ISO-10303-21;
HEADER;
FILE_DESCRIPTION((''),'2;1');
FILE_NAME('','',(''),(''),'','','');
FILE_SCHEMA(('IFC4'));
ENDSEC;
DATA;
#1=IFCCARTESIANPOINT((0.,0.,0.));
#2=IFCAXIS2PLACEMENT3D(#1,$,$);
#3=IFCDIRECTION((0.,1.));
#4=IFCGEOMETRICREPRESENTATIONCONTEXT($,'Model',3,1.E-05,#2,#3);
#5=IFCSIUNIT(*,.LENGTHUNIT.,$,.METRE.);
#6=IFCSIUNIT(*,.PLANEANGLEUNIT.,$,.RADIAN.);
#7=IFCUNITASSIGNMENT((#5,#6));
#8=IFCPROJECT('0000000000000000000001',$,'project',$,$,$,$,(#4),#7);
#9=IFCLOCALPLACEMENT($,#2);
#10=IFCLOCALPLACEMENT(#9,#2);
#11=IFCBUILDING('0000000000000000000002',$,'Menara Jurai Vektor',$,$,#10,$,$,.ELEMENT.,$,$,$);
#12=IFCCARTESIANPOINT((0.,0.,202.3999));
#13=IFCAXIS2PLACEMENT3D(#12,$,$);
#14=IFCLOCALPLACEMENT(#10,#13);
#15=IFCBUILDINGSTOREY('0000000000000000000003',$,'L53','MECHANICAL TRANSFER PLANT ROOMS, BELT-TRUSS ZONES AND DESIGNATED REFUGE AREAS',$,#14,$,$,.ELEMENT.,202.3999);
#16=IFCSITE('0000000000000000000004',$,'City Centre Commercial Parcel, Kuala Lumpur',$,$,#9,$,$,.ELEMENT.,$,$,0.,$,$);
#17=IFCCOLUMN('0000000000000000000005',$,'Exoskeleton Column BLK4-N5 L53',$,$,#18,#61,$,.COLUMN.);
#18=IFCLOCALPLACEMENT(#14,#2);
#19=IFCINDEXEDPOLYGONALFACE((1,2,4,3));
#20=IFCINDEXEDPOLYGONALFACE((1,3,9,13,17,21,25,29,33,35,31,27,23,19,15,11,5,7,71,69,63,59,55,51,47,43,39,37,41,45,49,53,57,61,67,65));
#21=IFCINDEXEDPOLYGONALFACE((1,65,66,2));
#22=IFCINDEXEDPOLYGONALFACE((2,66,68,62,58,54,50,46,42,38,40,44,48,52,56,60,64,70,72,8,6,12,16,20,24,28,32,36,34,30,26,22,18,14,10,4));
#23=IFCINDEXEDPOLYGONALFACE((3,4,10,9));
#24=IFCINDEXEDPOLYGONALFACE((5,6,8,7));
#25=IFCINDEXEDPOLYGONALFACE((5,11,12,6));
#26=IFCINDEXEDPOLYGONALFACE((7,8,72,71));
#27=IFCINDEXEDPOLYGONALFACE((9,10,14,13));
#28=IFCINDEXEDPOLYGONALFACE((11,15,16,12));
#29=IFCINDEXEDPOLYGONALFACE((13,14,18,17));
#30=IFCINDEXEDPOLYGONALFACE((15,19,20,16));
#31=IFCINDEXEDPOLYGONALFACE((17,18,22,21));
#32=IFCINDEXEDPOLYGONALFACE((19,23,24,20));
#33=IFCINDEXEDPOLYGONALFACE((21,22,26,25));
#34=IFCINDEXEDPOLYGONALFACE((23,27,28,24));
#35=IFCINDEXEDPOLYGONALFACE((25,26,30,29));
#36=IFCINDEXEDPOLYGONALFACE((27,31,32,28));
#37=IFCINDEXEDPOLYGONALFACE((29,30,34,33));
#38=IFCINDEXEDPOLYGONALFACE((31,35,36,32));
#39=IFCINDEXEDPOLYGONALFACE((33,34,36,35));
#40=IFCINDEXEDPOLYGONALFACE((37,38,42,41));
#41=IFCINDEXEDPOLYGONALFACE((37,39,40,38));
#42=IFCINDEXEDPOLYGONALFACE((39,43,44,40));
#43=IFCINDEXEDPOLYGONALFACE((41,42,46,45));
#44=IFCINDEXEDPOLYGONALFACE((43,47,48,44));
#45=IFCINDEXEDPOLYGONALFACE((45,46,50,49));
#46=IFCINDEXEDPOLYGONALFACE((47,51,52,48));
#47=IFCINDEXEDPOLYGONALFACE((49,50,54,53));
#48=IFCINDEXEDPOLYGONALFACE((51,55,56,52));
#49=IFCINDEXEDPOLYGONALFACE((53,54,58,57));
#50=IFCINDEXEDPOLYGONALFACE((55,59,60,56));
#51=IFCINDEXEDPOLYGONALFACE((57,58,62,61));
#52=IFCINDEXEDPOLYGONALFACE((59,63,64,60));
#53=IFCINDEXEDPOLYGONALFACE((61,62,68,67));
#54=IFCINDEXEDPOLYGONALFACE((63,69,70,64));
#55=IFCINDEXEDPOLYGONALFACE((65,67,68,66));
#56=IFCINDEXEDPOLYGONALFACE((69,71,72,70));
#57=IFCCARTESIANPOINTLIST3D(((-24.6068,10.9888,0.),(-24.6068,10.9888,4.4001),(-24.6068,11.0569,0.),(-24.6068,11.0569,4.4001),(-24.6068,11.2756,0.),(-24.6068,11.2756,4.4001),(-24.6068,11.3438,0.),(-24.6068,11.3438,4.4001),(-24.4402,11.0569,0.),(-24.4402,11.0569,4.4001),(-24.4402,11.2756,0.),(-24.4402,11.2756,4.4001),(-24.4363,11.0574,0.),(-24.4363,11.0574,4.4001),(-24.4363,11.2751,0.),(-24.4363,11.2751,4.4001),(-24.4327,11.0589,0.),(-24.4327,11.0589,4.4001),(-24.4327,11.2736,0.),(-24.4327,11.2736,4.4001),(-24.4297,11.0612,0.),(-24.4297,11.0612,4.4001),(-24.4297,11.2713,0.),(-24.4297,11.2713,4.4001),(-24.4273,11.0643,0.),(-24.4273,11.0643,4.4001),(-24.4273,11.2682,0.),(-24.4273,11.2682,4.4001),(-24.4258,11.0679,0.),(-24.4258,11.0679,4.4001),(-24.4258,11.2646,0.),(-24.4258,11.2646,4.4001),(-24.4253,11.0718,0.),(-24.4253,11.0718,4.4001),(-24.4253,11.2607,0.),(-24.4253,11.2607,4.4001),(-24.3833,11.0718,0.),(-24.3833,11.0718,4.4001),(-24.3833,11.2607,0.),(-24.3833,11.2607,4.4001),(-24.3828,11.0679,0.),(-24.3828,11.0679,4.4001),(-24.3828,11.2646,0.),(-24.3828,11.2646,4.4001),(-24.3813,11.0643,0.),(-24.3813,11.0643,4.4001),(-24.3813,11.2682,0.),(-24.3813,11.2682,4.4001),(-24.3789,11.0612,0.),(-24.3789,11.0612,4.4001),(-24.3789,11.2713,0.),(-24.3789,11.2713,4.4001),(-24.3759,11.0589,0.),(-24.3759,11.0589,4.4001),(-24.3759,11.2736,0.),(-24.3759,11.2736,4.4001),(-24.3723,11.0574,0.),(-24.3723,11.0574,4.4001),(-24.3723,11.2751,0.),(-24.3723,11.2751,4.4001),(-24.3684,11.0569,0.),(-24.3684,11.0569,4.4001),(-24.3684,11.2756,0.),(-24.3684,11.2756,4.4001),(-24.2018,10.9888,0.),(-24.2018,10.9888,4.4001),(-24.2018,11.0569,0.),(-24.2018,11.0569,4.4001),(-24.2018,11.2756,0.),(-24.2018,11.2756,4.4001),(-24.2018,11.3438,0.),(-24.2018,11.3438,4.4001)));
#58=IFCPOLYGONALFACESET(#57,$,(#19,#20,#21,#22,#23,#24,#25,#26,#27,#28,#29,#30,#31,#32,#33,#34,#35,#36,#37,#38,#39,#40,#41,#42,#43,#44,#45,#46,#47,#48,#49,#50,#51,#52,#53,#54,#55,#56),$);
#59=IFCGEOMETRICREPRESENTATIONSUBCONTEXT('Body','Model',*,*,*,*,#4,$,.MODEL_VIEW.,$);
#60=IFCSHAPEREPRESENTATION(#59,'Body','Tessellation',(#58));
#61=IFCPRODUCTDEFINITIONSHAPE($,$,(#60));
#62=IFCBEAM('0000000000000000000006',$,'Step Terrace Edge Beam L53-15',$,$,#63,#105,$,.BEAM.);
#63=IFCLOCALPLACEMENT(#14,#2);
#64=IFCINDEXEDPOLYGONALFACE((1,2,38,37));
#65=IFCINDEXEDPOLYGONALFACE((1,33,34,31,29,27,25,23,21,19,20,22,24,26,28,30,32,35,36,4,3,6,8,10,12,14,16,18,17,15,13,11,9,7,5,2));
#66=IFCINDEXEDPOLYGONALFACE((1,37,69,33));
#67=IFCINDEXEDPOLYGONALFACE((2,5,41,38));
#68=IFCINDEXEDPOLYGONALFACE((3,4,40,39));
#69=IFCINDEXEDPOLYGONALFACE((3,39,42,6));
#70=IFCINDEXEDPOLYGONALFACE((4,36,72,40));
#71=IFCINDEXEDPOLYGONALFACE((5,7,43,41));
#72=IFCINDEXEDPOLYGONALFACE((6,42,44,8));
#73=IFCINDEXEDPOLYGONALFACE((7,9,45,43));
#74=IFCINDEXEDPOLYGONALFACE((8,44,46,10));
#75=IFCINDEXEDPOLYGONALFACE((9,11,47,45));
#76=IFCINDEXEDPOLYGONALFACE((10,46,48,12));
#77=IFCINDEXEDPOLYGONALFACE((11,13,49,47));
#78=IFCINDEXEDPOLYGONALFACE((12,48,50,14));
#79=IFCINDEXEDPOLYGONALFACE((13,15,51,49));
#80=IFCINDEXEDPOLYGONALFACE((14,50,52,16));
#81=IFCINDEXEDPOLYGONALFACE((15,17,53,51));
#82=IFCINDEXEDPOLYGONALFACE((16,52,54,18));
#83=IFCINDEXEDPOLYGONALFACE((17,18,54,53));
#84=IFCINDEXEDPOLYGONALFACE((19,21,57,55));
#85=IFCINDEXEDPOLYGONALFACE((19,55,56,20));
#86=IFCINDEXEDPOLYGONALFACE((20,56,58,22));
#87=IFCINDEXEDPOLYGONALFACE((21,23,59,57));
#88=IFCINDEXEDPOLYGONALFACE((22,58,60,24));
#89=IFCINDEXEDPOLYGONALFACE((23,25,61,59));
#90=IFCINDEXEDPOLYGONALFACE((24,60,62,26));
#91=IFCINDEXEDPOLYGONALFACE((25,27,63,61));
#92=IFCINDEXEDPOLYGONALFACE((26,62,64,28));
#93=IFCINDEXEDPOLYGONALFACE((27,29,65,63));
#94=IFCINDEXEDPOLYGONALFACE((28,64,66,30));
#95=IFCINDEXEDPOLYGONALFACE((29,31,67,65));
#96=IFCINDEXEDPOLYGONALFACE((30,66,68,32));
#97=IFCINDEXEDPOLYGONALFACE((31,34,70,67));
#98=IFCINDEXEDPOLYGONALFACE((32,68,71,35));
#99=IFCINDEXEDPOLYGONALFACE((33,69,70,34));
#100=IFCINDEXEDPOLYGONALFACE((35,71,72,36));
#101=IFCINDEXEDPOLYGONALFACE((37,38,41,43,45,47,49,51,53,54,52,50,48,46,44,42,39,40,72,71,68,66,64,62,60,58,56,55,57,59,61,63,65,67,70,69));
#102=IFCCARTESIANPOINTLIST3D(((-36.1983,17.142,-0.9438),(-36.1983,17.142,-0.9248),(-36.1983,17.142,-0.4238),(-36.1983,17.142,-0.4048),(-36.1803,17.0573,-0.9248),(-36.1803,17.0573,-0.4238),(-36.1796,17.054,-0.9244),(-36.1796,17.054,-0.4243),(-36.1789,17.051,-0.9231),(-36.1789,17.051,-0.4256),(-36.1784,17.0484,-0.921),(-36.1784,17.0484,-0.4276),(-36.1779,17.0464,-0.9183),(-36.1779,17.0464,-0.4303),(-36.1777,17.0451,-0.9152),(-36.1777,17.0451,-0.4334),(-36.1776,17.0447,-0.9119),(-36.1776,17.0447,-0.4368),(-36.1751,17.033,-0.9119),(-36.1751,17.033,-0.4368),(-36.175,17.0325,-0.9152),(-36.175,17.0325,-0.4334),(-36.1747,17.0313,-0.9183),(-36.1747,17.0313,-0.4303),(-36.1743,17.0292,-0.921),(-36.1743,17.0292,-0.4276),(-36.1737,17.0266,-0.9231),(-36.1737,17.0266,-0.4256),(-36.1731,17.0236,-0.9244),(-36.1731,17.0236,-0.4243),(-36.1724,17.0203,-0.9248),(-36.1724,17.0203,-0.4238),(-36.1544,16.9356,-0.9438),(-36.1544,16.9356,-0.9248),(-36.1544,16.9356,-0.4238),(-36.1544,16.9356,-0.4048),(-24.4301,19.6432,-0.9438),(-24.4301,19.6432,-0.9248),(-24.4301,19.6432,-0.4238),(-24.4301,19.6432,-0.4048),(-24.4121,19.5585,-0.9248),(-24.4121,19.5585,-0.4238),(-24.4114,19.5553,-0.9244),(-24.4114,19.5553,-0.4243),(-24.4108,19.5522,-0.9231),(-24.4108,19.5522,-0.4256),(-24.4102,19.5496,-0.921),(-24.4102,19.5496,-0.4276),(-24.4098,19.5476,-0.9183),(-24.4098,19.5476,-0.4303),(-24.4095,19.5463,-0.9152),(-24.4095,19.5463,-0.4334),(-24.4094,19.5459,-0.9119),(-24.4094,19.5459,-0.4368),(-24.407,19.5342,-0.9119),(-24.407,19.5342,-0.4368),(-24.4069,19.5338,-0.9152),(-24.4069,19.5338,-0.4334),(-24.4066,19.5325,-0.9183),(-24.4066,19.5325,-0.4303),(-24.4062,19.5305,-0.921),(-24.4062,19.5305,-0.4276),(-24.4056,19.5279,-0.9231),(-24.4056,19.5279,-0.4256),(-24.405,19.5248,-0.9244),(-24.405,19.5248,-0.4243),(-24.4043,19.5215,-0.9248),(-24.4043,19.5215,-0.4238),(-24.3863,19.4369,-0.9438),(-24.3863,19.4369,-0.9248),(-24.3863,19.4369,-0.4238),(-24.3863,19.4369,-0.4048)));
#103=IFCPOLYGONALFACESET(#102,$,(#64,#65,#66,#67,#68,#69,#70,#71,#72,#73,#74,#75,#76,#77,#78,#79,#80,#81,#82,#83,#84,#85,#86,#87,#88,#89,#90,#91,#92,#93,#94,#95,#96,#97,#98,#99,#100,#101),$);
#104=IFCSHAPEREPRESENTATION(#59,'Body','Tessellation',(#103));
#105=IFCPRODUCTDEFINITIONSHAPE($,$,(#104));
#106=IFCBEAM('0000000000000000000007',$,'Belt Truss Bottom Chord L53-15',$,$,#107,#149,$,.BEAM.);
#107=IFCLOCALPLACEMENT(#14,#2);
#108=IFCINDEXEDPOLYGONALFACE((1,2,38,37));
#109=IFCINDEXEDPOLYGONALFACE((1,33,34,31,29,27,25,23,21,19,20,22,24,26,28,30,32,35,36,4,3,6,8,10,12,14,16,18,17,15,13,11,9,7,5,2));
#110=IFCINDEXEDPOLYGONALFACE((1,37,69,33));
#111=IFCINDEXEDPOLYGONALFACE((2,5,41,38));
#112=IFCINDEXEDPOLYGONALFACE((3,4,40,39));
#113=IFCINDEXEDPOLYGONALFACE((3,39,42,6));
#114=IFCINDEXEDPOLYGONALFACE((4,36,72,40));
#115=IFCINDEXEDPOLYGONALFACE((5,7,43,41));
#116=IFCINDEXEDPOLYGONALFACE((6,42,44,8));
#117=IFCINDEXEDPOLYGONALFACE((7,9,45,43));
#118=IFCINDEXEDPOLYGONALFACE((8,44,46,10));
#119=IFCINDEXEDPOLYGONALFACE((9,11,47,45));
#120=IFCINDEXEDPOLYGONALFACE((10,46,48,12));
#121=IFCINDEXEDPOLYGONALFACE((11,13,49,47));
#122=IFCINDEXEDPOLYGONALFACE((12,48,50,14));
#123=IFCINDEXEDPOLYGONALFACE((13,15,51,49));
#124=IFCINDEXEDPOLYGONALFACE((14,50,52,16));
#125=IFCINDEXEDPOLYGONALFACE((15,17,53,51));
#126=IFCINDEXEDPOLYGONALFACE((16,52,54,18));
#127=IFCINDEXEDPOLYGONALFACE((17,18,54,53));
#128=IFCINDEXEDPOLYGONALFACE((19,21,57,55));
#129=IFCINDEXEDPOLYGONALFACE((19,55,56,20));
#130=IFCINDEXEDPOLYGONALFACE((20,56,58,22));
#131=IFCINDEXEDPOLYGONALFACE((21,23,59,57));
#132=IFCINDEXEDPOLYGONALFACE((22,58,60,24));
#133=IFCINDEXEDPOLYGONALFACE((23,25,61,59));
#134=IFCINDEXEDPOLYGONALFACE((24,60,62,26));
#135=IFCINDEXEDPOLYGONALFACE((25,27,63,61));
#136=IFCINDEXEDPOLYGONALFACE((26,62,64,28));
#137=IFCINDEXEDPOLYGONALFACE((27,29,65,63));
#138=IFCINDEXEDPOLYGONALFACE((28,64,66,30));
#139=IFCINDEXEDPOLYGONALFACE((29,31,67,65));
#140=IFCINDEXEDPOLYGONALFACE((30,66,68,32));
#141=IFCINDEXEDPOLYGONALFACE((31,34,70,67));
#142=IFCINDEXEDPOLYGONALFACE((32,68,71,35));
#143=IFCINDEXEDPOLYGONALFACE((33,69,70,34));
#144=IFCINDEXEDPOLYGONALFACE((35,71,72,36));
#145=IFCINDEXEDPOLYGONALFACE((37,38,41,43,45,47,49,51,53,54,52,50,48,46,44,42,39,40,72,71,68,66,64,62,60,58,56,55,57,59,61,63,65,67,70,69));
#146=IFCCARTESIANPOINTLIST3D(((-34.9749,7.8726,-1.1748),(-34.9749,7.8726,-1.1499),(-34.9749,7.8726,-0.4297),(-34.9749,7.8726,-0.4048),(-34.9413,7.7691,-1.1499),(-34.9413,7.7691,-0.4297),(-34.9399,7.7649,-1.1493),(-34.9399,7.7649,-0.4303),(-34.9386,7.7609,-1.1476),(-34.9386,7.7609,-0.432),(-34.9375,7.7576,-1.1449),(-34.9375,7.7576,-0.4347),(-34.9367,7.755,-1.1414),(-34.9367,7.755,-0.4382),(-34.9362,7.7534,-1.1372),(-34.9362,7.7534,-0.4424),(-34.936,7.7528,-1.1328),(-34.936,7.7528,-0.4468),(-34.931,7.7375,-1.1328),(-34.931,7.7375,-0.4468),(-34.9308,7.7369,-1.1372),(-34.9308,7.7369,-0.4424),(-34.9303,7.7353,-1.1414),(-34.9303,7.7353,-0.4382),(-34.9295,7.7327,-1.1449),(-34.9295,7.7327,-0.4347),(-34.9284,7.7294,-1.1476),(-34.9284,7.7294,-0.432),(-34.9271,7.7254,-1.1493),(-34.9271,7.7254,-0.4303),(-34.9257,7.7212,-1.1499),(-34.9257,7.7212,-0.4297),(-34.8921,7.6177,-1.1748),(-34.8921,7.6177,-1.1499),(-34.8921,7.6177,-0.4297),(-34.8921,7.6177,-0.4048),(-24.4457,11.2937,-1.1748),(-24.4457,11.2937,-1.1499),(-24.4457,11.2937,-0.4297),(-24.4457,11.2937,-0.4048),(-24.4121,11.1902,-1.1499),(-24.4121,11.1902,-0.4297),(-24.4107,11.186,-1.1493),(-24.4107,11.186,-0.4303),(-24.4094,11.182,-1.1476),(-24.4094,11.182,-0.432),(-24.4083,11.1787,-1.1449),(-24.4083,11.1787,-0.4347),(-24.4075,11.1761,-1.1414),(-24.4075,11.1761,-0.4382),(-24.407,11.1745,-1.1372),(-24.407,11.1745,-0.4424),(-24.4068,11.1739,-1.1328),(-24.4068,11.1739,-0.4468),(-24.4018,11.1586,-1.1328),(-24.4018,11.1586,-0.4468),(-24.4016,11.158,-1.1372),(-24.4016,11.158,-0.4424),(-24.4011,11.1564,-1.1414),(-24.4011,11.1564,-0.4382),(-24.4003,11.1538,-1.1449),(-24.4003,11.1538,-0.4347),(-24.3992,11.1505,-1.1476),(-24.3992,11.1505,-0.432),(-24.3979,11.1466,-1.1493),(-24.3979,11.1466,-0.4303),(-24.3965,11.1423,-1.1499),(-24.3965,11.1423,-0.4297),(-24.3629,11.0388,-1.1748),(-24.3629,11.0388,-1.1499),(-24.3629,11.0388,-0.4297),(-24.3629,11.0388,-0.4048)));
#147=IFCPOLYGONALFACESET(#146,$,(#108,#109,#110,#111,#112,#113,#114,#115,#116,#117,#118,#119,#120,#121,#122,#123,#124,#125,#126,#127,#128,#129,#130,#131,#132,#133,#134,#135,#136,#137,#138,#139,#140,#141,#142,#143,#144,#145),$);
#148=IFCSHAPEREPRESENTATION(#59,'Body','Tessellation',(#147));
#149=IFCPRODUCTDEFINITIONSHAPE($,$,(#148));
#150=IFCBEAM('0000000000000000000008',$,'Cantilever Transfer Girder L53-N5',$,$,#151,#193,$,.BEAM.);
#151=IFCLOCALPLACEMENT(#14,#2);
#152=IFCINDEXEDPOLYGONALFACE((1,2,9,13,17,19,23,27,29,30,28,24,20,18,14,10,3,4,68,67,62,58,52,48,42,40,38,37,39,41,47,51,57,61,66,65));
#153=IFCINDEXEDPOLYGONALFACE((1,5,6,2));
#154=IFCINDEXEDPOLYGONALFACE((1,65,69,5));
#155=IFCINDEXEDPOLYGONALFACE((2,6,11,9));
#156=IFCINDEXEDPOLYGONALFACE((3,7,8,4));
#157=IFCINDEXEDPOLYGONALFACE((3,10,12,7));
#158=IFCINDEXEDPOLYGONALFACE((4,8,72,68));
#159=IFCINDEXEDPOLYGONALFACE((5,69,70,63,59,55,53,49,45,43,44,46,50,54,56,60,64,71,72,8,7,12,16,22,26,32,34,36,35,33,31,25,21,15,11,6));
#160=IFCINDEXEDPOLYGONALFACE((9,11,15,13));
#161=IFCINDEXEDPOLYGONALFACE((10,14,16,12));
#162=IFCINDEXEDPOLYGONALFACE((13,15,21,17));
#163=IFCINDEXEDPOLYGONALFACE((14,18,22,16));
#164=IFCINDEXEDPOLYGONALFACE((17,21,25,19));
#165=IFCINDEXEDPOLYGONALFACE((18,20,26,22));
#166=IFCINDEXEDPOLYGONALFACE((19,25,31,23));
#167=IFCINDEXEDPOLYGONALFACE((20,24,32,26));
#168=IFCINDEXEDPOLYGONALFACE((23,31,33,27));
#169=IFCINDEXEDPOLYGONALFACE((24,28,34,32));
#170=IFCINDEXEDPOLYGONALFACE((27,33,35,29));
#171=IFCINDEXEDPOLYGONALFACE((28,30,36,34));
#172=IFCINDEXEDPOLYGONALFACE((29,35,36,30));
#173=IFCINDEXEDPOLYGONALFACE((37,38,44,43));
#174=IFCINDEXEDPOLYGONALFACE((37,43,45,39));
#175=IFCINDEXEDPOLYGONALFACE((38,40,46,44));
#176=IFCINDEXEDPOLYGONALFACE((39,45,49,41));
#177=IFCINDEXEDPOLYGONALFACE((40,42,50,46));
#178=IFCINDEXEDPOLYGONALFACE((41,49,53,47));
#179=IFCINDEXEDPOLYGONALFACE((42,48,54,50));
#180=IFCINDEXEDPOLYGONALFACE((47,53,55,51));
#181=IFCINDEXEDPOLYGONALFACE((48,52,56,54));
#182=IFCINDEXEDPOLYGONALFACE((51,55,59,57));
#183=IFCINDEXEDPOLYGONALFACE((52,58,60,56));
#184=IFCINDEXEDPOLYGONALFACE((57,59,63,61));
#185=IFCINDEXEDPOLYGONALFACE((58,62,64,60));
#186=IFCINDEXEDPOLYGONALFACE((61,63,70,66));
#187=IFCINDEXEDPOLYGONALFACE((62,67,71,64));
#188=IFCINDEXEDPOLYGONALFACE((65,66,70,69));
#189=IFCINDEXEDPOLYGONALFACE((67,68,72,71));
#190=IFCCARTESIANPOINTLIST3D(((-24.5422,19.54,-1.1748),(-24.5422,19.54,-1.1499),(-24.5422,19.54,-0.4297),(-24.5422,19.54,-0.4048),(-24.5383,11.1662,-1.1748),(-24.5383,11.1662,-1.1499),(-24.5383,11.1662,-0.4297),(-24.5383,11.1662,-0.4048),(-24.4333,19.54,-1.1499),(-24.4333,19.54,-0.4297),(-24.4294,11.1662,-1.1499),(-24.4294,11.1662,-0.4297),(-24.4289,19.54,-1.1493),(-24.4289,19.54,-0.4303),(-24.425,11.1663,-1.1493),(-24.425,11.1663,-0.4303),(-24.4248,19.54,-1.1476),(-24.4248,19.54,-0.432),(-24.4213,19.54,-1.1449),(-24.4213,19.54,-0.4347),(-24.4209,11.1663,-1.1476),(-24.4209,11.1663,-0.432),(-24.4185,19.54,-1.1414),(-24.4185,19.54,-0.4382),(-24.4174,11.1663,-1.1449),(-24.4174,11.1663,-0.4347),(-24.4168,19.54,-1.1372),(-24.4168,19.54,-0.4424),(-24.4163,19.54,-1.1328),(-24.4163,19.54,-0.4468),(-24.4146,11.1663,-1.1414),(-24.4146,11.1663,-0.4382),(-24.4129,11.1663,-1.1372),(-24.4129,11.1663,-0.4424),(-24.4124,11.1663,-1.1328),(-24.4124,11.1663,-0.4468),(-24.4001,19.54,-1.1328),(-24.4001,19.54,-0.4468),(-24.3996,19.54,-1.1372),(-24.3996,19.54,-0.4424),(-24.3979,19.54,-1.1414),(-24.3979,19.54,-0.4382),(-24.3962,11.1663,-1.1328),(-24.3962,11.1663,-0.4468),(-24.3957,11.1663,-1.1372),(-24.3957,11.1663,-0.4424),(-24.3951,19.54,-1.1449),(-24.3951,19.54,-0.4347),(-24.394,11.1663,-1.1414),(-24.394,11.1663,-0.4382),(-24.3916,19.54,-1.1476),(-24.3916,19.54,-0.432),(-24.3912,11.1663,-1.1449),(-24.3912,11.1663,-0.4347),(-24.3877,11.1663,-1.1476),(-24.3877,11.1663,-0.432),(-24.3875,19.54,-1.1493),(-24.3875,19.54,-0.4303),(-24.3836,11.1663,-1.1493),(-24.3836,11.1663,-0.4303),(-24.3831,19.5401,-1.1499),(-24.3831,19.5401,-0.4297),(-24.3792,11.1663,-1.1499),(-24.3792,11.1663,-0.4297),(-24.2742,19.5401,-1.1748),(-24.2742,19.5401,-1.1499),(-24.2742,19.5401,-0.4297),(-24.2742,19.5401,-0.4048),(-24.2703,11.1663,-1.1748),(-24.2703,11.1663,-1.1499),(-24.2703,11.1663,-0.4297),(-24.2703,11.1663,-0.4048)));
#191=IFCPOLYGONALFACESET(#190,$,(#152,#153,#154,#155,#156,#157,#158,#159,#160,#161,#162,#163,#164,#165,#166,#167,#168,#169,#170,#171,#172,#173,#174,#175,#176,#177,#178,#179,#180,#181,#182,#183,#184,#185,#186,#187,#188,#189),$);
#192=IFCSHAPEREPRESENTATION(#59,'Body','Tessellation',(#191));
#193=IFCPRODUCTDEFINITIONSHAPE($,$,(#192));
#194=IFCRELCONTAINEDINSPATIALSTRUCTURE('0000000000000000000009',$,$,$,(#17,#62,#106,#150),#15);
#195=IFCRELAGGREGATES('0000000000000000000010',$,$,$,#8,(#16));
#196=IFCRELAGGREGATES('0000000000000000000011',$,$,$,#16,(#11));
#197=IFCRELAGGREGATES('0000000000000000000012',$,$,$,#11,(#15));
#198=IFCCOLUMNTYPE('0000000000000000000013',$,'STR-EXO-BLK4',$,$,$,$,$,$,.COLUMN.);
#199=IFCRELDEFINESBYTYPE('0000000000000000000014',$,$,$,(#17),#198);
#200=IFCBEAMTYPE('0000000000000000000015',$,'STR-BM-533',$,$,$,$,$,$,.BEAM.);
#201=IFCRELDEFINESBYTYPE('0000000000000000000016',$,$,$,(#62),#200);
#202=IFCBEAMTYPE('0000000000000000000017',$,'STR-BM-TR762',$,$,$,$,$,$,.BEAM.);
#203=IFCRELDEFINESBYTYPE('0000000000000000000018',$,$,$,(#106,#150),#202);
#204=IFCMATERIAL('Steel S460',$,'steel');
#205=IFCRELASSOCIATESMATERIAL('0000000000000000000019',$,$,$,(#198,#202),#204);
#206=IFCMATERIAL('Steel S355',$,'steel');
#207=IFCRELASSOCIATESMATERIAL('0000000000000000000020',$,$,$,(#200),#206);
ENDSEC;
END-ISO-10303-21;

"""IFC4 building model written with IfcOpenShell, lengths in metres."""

from ifc_helpers import new_model, si_unit, direction, frame, origin, origin_2d, place, context, subcontext, project, spatial, i_section, extrude, material, material_profile, profile_set, type_object, element, save


model = new_model("IFC4")

# Units and contexts
model_context = context("Model", 3, precision=1e-05, world=origin(), true_north=direction((0.0, 1.0)))
body_context = subcontext(model_context, "Body", "Model", "MODEL_VIEW")
ifc_project = project(units=[si_unit("LENGTHUNIT", "METRE"), si_unit("PLANEANGLEUNIT", "RADIAN")], contexts=[model_context])

# Site, building, storey
site_placement = place(None, origin())
site = spatial("IfcSite", under=ifc_project, at=site_placement, Name="City Centre Commercial Parcel, Kuala Lumpur", CompositionType="ELEMENT", RefElevation=0.0)
building_placement = place(site_placement, origin())
building = spatial("IfcBuilding", under=site, at=building_placement, Name="Menara Jurai Vektor", CompositionType="ELEMENT")
storey_placement = place(building_placement, frame((0.0, 0.0, 202.3999)))
storey = spatial("IfcBuildingStorey", under=building, at=storey_placement, Name="L53", Description="MECHANICAL TRANSFER PLANT ROOMS, BELT-TRUSS ZONES AND DESIGNATED REFUGE AREAS", CompositionType="ELEMENT", Elevation=202.3999)

# Column
ifc_material_1 = material(Name="Steel S460", Category="steel")
ifc_material_profile_1 = material_profile(ifc_material_1, i_section(OverallWidth=0.405, OverallDepth=0.355, WebThickness=0.042, FlangeThickness=0.0681, FilletRadius=0.0149, at=origin_2d()), Name="HD 400x551")
ifc_profile_set_1 = profile_set([ifc_material_profile_1], Name="Steel S460")
column_type = type_object("IfcColumnType", Name="STR-EXO-BLK4", PredefinedType="COLUMN", material=ifc_profile_set_1)
column_placement = place(storey_placement, frame((-24.4043, 11.1663, 0.0), z_axis=(0.0, 0.0, 1.0), x_axis=(1.0, 0.0, 0.0)))
element("IfcColumn", 1, at=column_placement, inside=storey, type_object=column_type, Name="Exoskeleton Column BLK4-N5 L53", PredefinedType="COLUMN", context=body_context, shape_type="SweptSolid", body=[
    extrude(i_section(OverallWidth=0.405, OverallDepth=0.355, WebThickness=0.042, FlangeThickness=0.0681, FilletRadius=0.0149, at=origin_2d()), origin(), (0.0, 0.0, 1.0), 4.4001),
])

# Beams
ifc_material_2 = material(Name="Steel S355", Category="steel")
ifc_material_profile_2 = material_profile(ifc_material_2, i_section(OverallWidth=0.2109, OverallDepth=0.5391, WebThickness=0.012, FlangeThickness=0.019, FilletRadius=0.0129, at=origin_2d()), Name="UKB 533x210x109")
ifc_profile_set_2 = profile_set([ifc_material_profile_2], Name="Steel S355")
beam_type_1 = type_object("IfcBeamType", Name="STR-BM-533", PredefinedType="BEAM", material=ifc_profile_set_2)
beam_1_placement = place(storey_placement, frame((-24.4082, 19.54, -0.6743), z_axis=(-0.97815, -0.207899, 0.0), x_axis=(0.207899, -0.97815, 0.0)))
element("IfcBeam", 2, at=beam_1_placement, inside=storey, type_object=beam_type_1, Name="Step Terrace Edge Beam L53-15", PredefinedType="BEAM", context=body_context, shape_type="SweptSolid", body=[
    extrude(i_section(OverallWidth=0.2109, OverallDepth=0.5391, WebThickness=0.012, FlangeThickness=0.019, FilletRadius=0.0129, at=origin_2d()), origin(), (0.0, 0.0, 1.0), 12.031),
])
ifc_material_profile_3 = material_profile(ifc_material_1, i_section(OverallWidth=0.2681, OverallDepth=0.77, WebThickness=0.0161, FlangeThickness=0.0249, FilletRadius=0.0171, at=origin_2d()), Name="UKB 762x267x197")
ifc_profile_set_3 = profile_set([ifc_material_profile_3], Name="Steel S460")
beam_type_2 = type_object("IfcBeamType", Name="STR-BM-TR762", PredefinedType="BEAM", material=ifc_profile_set_3)
beam_2_placement = place(storey_placement, frame((-24.4043, 11.1663, -0.7898), z_axis=(-0.951057, -0.309014, 0.0), x_axis=(0.309014, -0.951057, 0.0)))
element("IfcBeam", 3, at=beam_2_placement, inside=storey, type_object=beam_type_2, Name="Belt Truss Bottom Chord L53-15", PredefinedType="BEAM", context=body_context, shape_type="SweptSolid", body=[
    extrude(i_section(OverallWidth=0.2681, OverallDepth=0.77, WebThickness=0.0161, FlangeThickness=0.0249, FilletRadius=0.0171, at=origin_2d()), origin(), (0.0, 0.0, 1.0), 11.071),
])
beam_3_placement = place(storey_placement, frame((-24.4082, 19.54, -0.7898), z_axis=(0.000466, -1.0, 0.0), x_axis=(1.0, 0.000466, 0.0)))
element("IfcBeam", 4, at=beam_3_placement, inside=storey, type_object=beam_type_2, Name="Cantilever Transfer Girder L53-N5", PredefinedType="BEAM", context=body_context, shape_type="SweptSolid", body=[
    extrude(i_section(OverallWidth=0.2681, OverallDepth=0.77, WebThickness=0.0161, FlangeThickness=0.0249, FilletRadius=0.0171, at=origin_2d()), origin(), (0.0, 0.0, 1.0), 8.3738),
])

save(model, "model.ifc")
